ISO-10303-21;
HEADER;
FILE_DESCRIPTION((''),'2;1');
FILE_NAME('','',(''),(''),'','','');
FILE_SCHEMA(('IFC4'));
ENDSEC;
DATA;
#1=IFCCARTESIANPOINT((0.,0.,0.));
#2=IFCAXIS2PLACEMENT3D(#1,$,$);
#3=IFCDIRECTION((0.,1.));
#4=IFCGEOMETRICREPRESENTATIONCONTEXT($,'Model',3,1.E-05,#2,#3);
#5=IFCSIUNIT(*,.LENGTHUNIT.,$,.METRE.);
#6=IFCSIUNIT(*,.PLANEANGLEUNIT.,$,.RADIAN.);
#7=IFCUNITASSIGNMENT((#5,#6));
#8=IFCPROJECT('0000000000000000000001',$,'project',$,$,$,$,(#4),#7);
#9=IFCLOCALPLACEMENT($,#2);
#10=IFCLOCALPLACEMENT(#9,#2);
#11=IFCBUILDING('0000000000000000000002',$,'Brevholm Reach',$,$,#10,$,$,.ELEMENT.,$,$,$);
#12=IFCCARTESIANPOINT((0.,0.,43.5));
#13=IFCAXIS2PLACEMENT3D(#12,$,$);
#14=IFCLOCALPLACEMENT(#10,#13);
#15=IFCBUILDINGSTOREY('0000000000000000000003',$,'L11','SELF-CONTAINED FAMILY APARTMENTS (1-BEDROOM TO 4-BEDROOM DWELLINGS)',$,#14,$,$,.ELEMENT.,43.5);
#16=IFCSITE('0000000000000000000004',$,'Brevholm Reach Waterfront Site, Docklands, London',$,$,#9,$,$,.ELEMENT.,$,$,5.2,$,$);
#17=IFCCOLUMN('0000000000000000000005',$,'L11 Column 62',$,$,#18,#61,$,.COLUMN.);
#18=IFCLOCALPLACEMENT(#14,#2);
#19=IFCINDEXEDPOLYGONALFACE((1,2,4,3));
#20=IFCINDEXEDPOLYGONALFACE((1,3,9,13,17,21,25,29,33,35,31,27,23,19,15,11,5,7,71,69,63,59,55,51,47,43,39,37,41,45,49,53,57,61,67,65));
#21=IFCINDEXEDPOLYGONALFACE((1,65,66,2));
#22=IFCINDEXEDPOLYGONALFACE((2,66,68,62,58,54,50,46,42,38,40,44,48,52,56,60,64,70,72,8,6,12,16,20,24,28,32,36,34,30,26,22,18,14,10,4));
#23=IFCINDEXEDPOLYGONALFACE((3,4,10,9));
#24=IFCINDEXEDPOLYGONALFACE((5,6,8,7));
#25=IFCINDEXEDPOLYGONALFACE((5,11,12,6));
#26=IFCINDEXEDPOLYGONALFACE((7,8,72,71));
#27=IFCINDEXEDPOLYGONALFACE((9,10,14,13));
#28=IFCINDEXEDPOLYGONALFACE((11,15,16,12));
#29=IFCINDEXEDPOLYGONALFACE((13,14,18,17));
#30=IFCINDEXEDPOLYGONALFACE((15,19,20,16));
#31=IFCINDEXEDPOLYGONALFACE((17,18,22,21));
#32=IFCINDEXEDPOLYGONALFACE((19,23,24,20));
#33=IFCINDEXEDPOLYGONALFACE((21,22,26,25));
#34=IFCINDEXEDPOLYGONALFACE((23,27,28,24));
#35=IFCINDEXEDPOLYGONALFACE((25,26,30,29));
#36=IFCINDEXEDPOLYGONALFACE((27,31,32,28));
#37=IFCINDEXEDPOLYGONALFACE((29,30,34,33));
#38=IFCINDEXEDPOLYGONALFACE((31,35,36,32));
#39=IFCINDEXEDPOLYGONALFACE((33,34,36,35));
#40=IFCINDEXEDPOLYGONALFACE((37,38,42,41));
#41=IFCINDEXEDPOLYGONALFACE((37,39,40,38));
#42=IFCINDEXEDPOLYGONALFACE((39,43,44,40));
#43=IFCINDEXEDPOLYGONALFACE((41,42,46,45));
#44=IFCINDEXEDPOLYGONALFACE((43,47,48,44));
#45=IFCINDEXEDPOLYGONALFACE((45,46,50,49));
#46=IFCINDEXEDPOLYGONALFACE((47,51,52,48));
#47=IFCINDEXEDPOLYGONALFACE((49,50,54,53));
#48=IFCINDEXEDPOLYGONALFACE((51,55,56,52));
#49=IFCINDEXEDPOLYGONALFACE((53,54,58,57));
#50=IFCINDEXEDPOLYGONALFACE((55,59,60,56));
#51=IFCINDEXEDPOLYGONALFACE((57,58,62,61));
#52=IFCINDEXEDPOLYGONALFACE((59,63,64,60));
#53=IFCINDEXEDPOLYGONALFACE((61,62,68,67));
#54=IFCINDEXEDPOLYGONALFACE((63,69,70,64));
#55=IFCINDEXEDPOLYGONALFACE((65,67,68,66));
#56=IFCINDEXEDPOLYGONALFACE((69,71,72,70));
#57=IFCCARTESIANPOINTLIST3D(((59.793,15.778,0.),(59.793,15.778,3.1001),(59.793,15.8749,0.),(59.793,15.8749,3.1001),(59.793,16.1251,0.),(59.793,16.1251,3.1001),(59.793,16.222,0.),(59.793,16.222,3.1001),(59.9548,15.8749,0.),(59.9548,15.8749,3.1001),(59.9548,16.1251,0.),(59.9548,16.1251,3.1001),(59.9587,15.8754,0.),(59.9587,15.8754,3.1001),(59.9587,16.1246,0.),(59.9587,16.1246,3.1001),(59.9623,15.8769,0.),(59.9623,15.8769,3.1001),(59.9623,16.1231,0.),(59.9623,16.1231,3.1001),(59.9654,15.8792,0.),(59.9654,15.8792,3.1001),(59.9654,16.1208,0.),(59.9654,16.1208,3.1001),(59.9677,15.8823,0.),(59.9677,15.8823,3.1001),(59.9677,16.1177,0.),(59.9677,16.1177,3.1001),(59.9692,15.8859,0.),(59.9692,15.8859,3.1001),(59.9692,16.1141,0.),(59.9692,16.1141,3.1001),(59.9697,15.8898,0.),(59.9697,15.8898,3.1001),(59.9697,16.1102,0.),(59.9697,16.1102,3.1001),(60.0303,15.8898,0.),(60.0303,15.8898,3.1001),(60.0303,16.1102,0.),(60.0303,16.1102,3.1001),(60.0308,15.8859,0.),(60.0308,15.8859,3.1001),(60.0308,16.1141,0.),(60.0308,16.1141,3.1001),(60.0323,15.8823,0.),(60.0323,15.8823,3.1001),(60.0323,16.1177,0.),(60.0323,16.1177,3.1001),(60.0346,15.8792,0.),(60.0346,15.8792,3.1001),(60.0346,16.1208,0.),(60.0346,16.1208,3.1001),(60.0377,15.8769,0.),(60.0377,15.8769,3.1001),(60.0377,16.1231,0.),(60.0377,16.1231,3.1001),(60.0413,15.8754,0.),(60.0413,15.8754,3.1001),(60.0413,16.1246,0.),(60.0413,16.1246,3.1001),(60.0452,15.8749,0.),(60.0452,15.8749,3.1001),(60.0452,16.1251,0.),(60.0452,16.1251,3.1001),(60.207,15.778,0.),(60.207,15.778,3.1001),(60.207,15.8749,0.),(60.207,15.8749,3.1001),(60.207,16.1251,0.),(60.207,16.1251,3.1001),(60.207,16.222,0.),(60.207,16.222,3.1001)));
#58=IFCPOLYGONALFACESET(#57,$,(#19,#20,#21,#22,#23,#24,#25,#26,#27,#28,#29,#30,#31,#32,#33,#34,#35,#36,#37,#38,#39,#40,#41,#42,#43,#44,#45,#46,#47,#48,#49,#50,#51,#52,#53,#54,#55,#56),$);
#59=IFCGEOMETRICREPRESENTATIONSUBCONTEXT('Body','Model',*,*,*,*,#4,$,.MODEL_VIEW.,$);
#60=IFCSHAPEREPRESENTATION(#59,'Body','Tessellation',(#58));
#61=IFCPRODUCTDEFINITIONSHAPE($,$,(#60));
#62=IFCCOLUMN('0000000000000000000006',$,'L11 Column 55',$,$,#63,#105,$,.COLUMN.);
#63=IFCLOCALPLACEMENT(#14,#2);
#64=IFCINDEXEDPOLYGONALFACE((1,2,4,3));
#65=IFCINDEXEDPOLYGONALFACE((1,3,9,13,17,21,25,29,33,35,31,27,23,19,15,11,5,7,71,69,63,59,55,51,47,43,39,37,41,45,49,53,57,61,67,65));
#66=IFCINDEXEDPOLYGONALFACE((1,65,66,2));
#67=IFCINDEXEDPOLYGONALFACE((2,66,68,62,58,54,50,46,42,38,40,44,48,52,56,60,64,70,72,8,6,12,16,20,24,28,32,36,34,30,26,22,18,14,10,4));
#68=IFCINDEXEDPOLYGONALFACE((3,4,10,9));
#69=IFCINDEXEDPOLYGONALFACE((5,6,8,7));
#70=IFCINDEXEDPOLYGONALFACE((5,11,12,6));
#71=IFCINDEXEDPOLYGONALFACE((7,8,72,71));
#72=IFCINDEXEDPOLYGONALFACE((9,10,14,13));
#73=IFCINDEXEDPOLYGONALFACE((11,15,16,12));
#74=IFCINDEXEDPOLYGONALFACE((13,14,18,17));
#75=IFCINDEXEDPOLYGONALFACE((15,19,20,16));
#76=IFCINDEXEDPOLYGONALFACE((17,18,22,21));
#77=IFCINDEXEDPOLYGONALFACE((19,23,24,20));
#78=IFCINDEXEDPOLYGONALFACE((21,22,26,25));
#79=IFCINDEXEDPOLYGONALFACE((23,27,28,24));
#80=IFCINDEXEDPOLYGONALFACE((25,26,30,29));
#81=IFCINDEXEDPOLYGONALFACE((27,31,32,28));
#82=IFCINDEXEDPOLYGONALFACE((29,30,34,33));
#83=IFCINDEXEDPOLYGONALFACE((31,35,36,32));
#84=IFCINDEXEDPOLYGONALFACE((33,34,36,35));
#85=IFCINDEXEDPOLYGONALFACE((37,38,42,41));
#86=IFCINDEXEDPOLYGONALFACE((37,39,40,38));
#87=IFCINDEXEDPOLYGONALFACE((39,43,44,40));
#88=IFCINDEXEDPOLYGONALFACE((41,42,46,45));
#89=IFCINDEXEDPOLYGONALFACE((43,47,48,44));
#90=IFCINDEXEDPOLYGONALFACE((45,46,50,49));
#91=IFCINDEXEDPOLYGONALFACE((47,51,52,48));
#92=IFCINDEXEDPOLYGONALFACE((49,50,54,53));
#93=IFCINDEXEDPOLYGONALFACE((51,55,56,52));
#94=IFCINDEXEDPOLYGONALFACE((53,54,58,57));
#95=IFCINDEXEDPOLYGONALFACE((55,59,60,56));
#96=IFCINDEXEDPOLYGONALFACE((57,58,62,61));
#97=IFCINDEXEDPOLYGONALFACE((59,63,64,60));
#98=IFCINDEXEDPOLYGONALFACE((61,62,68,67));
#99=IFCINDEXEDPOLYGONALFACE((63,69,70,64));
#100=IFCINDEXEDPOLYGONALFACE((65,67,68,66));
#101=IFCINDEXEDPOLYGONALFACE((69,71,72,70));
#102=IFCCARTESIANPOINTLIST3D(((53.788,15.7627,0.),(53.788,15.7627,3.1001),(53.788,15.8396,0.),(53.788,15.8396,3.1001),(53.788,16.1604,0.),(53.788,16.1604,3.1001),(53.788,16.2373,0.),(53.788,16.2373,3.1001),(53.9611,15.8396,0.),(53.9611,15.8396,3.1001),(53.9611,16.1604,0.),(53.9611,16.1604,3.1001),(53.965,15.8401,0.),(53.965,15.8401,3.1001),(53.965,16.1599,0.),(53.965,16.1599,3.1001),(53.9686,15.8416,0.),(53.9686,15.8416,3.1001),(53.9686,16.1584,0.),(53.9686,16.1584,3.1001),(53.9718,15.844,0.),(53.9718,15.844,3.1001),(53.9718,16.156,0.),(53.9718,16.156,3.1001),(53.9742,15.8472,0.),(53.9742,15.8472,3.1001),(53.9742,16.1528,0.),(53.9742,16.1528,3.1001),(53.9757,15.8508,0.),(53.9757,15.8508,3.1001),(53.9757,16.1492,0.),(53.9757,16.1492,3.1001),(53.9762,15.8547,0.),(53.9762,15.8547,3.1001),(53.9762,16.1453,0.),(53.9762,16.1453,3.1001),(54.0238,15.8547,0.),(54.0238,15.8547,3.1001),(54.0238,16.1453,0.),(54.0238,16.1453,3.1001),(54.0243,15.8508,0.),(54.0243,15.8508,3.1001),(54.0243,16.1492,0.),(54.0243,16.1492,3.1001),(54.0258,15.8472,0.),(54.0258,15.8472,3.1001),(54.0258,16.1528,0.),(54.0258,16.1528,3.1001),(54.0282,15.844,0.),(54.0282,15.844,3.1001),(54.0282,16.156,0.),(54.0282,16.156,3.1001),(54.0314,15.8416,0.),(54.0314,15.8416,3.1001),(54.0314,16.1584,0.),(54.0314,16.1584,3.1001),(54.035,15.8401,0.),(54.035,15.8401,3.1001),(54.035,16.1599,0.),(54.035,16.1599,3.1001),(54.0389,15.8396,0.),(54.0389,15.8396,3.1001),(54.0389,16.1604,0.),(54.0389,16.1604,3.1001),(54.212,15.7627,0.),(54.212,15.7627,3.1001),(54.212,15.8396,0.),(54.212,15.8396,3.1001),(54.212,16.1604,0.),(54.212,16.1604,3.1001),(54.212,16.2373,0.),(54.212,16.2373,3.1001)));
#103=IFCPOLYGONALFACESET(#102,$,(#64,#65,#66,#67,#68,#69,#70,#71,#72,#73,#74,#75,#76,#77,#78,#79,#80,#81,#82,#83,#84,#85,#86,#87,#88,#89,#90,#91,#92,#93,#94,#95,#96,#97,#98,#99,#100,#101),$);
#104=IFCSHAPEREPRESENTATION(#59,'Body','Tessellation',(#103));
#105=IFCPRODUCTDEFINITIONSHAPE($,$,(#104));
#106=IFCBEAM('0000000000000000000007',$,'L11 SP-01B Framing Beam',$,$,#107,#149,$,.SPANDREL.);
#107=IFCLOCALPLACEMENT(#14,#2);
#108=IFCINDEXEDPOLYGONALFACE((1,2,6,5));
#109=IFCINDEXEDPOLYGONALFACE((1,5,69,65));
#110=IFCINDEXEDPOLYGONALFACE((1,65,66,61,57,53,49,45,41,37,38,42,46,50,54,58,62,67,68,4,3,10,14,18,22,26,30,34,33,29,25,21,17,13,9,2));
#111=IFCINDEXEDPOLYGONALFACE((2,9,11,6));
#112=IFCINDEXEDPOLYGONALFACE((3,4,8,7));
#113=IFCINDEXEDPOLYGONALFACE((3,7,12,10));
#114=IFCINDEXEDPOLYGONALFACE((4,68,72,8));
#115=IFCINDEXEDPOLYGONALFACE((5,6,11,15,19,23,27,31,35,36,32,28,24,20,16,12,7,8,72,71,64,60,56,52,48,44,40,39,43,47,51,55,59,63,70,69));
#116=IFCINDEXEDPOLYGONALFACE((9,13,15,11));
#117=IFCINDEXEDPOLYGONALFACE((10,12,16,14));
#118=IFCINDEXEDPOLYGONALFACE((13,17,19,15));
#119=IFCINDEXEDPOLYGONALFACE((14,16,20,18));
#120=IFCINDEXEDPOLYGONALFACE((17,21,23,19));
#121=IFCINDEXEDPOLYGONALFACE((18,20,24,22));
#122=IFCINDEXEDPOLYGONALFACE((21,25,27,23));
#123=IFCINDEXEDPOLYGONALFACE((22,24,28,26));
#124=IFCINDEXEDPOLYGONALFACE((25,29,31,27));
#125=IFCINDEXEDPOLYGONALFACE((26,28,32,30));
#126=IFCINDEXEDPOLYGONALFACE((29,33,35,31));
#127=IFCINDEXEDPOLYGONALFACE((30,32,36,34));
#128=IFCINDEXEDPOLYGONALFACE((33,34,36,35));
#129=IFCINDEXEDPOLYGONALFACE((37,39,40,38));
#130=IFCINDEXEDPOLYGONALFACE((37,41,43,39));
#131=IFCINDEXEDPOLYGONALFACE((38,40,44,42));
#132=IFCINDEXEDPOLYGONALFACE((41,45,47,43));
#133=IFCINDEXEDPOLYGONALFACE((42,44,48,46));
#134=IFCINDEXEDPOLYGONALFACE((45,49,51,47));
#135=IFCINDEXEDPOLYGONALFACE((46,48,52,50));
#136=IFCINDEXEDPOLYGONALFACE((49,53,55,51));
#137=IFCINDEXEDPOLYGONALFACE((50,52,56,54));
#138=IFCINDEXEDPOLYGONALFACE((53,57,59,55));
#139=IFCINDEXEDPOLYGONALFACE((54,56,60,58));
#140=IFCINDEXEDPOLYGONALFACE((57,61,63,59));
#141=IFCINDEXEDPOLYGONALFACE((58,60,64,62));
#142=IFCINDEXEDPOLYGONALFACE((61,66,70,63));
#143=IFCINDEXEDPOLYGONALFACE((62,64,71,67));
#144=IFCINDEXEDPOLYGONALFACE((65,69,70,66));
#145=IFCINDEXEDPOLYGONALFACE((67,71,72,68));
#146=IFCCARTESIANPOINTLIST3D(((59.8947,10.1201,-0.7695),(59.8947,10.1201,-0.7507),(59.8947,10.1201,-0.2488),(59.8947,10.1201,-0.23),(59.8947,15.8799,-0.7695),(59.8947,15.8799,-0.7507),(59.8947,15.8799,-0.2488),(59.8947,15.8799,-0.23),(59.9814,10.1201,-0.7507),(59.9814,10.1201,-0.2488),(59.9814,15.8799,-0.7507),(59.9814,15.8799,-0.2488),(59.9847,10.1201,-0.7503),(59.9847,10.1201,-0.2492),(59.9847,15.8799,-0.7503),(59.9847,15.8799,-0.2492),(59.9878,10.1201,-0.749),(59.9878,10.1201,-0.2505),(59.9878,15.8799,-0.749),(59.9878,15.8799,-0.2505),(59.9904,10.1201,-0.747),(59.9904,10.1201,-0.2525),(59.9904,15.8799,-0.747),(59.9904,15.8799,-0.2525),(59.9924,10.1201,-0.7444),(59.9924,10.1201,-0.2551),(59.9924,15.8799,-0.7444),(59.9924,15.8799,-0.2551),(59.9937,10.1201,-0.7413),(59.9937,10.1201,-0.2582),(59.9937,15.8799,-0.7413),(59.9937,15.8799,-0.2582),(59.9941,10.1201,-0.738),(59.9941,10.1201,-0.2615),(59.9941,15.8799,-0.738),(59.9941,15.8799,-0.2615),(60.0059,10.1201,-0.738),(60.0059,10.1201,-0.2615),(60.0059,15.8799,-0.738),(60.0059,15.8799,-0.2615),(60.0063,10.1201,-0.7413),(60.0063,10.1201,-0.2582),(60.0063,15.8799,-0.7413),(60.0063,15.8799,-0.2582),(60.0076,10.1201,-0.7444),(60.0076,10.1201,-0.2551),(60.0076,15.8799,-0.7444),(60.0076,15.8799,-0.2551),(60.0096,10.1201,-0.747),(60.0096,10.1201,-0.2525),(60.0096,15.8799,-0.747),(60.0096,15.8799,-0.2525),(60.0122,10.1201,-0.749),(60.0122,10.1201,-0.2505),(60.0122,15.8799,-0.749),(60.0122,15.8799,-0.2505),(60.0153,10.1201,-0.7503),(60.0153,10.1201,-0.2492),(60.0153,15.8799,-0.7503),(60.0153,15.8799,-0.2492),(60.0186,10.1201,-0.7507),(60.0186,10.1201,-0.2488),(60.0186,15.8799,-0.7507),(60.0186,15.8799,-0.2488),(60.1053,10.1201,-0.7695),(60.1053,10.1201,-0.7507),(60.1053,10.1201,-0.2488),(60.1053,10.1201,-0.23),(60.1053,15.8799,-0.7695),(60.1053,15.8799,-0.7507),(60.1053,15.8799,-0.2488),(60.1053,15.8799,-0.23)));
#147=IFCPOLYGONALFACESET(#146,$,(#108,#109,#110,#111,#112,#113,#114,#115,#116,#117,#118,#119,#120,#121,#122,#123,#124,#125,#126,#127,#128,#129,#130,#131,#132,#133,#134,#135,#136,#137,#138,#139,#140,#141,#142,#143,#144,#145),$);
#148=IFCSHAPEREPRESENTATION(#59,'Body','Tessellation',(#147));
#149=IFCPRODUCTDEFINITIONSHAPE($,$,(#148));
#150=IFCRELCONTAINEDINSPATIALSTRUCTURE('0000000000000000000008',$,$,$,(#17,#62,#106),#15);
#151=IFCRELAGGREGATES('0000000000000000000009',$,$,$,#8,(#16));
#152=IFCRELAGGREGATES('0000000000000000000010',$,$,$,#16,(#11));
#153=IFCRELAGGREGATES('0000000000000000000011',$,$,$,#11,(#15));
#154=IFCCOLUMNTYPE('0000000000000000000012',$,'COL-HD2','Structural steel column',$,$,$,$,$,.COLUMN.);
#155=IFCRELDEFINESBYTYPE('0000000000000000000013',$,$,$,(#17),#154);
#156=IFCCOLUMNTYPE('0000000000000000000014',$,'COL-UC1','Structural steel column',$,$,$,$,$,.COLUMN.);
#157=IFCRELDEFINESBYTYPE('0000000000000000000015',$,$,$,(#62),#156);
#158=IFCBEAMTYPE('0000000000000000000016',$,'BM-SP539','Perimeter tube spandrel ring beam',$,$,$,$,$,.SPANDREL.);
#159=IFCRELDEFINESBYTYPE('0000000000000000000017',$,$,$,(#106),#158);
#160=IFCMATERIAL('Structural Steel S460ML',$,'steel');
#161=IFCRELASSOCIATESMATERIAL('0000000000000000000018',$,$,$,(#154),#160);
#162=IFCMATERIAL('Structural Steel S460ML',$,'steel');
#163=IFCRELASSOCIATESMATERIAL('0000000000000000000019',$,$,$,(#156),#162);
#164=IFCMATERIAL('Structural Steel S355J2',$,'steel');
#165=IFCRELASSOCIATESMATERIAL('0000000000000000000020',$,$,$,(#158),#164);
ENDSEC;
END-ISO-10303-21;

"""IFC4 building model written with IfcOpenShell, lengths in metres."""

from ifc_helpers import new_model, si_unit, direction, frame, origin, origin_2d, place, context, subcontext, project, spatial, i_section, extrude, material, material_profile, profile_set, type_object, element, save


model = new_model("IFC4")

# Units and contexts
model_context = context("Model", 3, precision=1e-05, world=origin(), true_north=direction((0.0, 1.0)))
body_context = subcontext(model_context, "Body", "Model", "MODEL_VIEW")
ifc_project = project(units=[si_unit("LENGTHUNIT", "METRE"), si_unit("PLANEANGLEUNIT", "RADIAN")], contexts=[model_context])

# Site, building, storey
site_placement = place(None, origin())
site = spatial("IfcSite", under=ifc_project, at=site_placement, Name="Brevholm Reach Waterfront Site, Docklands, London", CompositionType="ELEMENT", RefElevation=5.2)
building_placement = place(site_placement, origin())
building = spatial("IfcBuilding", under=site, at=building_placement, Name="Brevholm Reach", CompositionType="ELEMENT")
storey_placement = place(building_placement, frame((0.0, 0.0, 43.5)))
storey = spatial("IfcBuildingStorey", under=building, at=storey_placement, Name="L11", Description="SELF-CONTAINED FAMILY APARTMENTS (1-BEDROOM TO 4-BEDROOM DWELLINGS)", CompositionType="ELEMENT", Elevation=43.5)

# Columns
ifc_material_1 = material(Name="Structural Steel S460ML", Category="steel")
ifc_material_profile_1 = material_profile(ifc_material_1, i_section(OverallWidth=0.4141, OverallDepth=0.4441, WebThickness=0.0605, FlangeThickness=0.0969, FilletRadius=0.0149, at=origin_2d()), Name="HD 400x818")
ifc_profile_set_1 = profile_set([ifc_material_profile_1], Name="Structural Steel S460ML")
column_type_1 = type_object("IfcColumnType", Name="COL-HD2", Description="Structural steel column", PredefinedType="COLUMN", material=ifc_profile_set_1)
column_1_placement = place(storey_placement, frame((60.0, 16.0, 0.0), z_axis=(0.0, 0.0, 1.0), x_axis=(1.0, 0.0, 0.0)))
element("IfcColumn", 1, at=column_1_placement, inside=storey, type_object=column_type_1, Name="L11 Column 62", PredefinedType="COLUMN", context=body_context, shape_type="SweptSolid", body=[
    extrude(i_section(OverallWidth=0.4141, OverallDepth=0.4441, WebThickness=0.0605, FlangeThickness=0.0969, FilletRadius=0.0149, at=origin_2d()), origin(), (0.0, 0.0, 1.0), 3.1001),
])
ifc_material_2 = material(Name="Structural Steel S460ML", Category="steel")
ifc_material_profile_2 = material_profile(ifc_material_2, i_section(OverallWidth=0.4241, OverallDepth=0.4746, WebThickness=0.0476, FlangeThickness=0.0769, FilletRadius=0.0151, at=origin_2d()), Name="UKC 356x406x634")
ifc_profile_set_2 = profile_set([ifc_material_profile_2], Name="Structural Steel S460ML")
column_type_2 = type_object("IfcColumnType", Name="COL-UC1", Description="Structural steel column", PredefinedType="COLUMN", material=ifc_profile_set_2)
column_2_placement = place(storey_placement, frame((54.0, 16.0, 0.0), z_axis=(0.0, 0.0, 1.0), x_axis=(1.0, 0.0, 0.0)))
element("IfcColumn", 2, at=column_2_placement, inside=storey, type_object=column_type_2, Name="L11 Column 55", PredefinedType="COLUMN", context=body_context, shape_type="SweptSolid", body=[
    extrude(i_section(OverallWidth=0.4241, OverallDepth=0.4746, WebThickness=0.0476, FlangeThickness=0.0769, FilletRadius=0.0151, at=origin_2d()), origin(), (0.0, 0.0, 1.0), 3.1001),
])

# Beam
ifc_material_3 = material(Name="Structural Steel S355J2", Category="steel")
ifc_material_profile_3 = material_profile(ifc_material_3, i_section(OverallWidth=0.2107, OverallDepth=0.5396, WebThickness=0.0117, FlangeThickness=0.0188, FilletRadius=0.0127, at=origin_2d()), Name="UKB 533x210x109")
ifc_profile_set_3 = profile_set([ifc_material_profile_3], Name="Structural Steel S355J2")
beam_type_1 = type_object("IfcBeamType", Name="BM-SP539", Description="Perimeter tube spandrel ring beam", PredefinedType="SPANDREL", material=ifc_profile_set_3)
beam_1_placement = place(storey_placement, frame((60.0, 10.1201, -0.4998), z_axis=(0.0, 1.0, 0.0), x_axis=(-1.0, 0.0, 0.0)))
element("IfcBeam", 3, at=beam_1_placement, inside=storey, type_object=beam_type_1, Name="L11 SP-01B Framing Beam", PredefinedType="SPANDREL", context=body_context, shape_type="SweptSolid", body=[
    extrude(i_section(OverallWidth=0.2107, OverallDepth=0.5396, WebThickness=0.0117, FlangeThickness=0.0188, FilletRadius=0.0127, at=origin_2d()), origin(), (0.0, 0.0, 1.0), 5.7598),
])

save(model, "model.ifc")
